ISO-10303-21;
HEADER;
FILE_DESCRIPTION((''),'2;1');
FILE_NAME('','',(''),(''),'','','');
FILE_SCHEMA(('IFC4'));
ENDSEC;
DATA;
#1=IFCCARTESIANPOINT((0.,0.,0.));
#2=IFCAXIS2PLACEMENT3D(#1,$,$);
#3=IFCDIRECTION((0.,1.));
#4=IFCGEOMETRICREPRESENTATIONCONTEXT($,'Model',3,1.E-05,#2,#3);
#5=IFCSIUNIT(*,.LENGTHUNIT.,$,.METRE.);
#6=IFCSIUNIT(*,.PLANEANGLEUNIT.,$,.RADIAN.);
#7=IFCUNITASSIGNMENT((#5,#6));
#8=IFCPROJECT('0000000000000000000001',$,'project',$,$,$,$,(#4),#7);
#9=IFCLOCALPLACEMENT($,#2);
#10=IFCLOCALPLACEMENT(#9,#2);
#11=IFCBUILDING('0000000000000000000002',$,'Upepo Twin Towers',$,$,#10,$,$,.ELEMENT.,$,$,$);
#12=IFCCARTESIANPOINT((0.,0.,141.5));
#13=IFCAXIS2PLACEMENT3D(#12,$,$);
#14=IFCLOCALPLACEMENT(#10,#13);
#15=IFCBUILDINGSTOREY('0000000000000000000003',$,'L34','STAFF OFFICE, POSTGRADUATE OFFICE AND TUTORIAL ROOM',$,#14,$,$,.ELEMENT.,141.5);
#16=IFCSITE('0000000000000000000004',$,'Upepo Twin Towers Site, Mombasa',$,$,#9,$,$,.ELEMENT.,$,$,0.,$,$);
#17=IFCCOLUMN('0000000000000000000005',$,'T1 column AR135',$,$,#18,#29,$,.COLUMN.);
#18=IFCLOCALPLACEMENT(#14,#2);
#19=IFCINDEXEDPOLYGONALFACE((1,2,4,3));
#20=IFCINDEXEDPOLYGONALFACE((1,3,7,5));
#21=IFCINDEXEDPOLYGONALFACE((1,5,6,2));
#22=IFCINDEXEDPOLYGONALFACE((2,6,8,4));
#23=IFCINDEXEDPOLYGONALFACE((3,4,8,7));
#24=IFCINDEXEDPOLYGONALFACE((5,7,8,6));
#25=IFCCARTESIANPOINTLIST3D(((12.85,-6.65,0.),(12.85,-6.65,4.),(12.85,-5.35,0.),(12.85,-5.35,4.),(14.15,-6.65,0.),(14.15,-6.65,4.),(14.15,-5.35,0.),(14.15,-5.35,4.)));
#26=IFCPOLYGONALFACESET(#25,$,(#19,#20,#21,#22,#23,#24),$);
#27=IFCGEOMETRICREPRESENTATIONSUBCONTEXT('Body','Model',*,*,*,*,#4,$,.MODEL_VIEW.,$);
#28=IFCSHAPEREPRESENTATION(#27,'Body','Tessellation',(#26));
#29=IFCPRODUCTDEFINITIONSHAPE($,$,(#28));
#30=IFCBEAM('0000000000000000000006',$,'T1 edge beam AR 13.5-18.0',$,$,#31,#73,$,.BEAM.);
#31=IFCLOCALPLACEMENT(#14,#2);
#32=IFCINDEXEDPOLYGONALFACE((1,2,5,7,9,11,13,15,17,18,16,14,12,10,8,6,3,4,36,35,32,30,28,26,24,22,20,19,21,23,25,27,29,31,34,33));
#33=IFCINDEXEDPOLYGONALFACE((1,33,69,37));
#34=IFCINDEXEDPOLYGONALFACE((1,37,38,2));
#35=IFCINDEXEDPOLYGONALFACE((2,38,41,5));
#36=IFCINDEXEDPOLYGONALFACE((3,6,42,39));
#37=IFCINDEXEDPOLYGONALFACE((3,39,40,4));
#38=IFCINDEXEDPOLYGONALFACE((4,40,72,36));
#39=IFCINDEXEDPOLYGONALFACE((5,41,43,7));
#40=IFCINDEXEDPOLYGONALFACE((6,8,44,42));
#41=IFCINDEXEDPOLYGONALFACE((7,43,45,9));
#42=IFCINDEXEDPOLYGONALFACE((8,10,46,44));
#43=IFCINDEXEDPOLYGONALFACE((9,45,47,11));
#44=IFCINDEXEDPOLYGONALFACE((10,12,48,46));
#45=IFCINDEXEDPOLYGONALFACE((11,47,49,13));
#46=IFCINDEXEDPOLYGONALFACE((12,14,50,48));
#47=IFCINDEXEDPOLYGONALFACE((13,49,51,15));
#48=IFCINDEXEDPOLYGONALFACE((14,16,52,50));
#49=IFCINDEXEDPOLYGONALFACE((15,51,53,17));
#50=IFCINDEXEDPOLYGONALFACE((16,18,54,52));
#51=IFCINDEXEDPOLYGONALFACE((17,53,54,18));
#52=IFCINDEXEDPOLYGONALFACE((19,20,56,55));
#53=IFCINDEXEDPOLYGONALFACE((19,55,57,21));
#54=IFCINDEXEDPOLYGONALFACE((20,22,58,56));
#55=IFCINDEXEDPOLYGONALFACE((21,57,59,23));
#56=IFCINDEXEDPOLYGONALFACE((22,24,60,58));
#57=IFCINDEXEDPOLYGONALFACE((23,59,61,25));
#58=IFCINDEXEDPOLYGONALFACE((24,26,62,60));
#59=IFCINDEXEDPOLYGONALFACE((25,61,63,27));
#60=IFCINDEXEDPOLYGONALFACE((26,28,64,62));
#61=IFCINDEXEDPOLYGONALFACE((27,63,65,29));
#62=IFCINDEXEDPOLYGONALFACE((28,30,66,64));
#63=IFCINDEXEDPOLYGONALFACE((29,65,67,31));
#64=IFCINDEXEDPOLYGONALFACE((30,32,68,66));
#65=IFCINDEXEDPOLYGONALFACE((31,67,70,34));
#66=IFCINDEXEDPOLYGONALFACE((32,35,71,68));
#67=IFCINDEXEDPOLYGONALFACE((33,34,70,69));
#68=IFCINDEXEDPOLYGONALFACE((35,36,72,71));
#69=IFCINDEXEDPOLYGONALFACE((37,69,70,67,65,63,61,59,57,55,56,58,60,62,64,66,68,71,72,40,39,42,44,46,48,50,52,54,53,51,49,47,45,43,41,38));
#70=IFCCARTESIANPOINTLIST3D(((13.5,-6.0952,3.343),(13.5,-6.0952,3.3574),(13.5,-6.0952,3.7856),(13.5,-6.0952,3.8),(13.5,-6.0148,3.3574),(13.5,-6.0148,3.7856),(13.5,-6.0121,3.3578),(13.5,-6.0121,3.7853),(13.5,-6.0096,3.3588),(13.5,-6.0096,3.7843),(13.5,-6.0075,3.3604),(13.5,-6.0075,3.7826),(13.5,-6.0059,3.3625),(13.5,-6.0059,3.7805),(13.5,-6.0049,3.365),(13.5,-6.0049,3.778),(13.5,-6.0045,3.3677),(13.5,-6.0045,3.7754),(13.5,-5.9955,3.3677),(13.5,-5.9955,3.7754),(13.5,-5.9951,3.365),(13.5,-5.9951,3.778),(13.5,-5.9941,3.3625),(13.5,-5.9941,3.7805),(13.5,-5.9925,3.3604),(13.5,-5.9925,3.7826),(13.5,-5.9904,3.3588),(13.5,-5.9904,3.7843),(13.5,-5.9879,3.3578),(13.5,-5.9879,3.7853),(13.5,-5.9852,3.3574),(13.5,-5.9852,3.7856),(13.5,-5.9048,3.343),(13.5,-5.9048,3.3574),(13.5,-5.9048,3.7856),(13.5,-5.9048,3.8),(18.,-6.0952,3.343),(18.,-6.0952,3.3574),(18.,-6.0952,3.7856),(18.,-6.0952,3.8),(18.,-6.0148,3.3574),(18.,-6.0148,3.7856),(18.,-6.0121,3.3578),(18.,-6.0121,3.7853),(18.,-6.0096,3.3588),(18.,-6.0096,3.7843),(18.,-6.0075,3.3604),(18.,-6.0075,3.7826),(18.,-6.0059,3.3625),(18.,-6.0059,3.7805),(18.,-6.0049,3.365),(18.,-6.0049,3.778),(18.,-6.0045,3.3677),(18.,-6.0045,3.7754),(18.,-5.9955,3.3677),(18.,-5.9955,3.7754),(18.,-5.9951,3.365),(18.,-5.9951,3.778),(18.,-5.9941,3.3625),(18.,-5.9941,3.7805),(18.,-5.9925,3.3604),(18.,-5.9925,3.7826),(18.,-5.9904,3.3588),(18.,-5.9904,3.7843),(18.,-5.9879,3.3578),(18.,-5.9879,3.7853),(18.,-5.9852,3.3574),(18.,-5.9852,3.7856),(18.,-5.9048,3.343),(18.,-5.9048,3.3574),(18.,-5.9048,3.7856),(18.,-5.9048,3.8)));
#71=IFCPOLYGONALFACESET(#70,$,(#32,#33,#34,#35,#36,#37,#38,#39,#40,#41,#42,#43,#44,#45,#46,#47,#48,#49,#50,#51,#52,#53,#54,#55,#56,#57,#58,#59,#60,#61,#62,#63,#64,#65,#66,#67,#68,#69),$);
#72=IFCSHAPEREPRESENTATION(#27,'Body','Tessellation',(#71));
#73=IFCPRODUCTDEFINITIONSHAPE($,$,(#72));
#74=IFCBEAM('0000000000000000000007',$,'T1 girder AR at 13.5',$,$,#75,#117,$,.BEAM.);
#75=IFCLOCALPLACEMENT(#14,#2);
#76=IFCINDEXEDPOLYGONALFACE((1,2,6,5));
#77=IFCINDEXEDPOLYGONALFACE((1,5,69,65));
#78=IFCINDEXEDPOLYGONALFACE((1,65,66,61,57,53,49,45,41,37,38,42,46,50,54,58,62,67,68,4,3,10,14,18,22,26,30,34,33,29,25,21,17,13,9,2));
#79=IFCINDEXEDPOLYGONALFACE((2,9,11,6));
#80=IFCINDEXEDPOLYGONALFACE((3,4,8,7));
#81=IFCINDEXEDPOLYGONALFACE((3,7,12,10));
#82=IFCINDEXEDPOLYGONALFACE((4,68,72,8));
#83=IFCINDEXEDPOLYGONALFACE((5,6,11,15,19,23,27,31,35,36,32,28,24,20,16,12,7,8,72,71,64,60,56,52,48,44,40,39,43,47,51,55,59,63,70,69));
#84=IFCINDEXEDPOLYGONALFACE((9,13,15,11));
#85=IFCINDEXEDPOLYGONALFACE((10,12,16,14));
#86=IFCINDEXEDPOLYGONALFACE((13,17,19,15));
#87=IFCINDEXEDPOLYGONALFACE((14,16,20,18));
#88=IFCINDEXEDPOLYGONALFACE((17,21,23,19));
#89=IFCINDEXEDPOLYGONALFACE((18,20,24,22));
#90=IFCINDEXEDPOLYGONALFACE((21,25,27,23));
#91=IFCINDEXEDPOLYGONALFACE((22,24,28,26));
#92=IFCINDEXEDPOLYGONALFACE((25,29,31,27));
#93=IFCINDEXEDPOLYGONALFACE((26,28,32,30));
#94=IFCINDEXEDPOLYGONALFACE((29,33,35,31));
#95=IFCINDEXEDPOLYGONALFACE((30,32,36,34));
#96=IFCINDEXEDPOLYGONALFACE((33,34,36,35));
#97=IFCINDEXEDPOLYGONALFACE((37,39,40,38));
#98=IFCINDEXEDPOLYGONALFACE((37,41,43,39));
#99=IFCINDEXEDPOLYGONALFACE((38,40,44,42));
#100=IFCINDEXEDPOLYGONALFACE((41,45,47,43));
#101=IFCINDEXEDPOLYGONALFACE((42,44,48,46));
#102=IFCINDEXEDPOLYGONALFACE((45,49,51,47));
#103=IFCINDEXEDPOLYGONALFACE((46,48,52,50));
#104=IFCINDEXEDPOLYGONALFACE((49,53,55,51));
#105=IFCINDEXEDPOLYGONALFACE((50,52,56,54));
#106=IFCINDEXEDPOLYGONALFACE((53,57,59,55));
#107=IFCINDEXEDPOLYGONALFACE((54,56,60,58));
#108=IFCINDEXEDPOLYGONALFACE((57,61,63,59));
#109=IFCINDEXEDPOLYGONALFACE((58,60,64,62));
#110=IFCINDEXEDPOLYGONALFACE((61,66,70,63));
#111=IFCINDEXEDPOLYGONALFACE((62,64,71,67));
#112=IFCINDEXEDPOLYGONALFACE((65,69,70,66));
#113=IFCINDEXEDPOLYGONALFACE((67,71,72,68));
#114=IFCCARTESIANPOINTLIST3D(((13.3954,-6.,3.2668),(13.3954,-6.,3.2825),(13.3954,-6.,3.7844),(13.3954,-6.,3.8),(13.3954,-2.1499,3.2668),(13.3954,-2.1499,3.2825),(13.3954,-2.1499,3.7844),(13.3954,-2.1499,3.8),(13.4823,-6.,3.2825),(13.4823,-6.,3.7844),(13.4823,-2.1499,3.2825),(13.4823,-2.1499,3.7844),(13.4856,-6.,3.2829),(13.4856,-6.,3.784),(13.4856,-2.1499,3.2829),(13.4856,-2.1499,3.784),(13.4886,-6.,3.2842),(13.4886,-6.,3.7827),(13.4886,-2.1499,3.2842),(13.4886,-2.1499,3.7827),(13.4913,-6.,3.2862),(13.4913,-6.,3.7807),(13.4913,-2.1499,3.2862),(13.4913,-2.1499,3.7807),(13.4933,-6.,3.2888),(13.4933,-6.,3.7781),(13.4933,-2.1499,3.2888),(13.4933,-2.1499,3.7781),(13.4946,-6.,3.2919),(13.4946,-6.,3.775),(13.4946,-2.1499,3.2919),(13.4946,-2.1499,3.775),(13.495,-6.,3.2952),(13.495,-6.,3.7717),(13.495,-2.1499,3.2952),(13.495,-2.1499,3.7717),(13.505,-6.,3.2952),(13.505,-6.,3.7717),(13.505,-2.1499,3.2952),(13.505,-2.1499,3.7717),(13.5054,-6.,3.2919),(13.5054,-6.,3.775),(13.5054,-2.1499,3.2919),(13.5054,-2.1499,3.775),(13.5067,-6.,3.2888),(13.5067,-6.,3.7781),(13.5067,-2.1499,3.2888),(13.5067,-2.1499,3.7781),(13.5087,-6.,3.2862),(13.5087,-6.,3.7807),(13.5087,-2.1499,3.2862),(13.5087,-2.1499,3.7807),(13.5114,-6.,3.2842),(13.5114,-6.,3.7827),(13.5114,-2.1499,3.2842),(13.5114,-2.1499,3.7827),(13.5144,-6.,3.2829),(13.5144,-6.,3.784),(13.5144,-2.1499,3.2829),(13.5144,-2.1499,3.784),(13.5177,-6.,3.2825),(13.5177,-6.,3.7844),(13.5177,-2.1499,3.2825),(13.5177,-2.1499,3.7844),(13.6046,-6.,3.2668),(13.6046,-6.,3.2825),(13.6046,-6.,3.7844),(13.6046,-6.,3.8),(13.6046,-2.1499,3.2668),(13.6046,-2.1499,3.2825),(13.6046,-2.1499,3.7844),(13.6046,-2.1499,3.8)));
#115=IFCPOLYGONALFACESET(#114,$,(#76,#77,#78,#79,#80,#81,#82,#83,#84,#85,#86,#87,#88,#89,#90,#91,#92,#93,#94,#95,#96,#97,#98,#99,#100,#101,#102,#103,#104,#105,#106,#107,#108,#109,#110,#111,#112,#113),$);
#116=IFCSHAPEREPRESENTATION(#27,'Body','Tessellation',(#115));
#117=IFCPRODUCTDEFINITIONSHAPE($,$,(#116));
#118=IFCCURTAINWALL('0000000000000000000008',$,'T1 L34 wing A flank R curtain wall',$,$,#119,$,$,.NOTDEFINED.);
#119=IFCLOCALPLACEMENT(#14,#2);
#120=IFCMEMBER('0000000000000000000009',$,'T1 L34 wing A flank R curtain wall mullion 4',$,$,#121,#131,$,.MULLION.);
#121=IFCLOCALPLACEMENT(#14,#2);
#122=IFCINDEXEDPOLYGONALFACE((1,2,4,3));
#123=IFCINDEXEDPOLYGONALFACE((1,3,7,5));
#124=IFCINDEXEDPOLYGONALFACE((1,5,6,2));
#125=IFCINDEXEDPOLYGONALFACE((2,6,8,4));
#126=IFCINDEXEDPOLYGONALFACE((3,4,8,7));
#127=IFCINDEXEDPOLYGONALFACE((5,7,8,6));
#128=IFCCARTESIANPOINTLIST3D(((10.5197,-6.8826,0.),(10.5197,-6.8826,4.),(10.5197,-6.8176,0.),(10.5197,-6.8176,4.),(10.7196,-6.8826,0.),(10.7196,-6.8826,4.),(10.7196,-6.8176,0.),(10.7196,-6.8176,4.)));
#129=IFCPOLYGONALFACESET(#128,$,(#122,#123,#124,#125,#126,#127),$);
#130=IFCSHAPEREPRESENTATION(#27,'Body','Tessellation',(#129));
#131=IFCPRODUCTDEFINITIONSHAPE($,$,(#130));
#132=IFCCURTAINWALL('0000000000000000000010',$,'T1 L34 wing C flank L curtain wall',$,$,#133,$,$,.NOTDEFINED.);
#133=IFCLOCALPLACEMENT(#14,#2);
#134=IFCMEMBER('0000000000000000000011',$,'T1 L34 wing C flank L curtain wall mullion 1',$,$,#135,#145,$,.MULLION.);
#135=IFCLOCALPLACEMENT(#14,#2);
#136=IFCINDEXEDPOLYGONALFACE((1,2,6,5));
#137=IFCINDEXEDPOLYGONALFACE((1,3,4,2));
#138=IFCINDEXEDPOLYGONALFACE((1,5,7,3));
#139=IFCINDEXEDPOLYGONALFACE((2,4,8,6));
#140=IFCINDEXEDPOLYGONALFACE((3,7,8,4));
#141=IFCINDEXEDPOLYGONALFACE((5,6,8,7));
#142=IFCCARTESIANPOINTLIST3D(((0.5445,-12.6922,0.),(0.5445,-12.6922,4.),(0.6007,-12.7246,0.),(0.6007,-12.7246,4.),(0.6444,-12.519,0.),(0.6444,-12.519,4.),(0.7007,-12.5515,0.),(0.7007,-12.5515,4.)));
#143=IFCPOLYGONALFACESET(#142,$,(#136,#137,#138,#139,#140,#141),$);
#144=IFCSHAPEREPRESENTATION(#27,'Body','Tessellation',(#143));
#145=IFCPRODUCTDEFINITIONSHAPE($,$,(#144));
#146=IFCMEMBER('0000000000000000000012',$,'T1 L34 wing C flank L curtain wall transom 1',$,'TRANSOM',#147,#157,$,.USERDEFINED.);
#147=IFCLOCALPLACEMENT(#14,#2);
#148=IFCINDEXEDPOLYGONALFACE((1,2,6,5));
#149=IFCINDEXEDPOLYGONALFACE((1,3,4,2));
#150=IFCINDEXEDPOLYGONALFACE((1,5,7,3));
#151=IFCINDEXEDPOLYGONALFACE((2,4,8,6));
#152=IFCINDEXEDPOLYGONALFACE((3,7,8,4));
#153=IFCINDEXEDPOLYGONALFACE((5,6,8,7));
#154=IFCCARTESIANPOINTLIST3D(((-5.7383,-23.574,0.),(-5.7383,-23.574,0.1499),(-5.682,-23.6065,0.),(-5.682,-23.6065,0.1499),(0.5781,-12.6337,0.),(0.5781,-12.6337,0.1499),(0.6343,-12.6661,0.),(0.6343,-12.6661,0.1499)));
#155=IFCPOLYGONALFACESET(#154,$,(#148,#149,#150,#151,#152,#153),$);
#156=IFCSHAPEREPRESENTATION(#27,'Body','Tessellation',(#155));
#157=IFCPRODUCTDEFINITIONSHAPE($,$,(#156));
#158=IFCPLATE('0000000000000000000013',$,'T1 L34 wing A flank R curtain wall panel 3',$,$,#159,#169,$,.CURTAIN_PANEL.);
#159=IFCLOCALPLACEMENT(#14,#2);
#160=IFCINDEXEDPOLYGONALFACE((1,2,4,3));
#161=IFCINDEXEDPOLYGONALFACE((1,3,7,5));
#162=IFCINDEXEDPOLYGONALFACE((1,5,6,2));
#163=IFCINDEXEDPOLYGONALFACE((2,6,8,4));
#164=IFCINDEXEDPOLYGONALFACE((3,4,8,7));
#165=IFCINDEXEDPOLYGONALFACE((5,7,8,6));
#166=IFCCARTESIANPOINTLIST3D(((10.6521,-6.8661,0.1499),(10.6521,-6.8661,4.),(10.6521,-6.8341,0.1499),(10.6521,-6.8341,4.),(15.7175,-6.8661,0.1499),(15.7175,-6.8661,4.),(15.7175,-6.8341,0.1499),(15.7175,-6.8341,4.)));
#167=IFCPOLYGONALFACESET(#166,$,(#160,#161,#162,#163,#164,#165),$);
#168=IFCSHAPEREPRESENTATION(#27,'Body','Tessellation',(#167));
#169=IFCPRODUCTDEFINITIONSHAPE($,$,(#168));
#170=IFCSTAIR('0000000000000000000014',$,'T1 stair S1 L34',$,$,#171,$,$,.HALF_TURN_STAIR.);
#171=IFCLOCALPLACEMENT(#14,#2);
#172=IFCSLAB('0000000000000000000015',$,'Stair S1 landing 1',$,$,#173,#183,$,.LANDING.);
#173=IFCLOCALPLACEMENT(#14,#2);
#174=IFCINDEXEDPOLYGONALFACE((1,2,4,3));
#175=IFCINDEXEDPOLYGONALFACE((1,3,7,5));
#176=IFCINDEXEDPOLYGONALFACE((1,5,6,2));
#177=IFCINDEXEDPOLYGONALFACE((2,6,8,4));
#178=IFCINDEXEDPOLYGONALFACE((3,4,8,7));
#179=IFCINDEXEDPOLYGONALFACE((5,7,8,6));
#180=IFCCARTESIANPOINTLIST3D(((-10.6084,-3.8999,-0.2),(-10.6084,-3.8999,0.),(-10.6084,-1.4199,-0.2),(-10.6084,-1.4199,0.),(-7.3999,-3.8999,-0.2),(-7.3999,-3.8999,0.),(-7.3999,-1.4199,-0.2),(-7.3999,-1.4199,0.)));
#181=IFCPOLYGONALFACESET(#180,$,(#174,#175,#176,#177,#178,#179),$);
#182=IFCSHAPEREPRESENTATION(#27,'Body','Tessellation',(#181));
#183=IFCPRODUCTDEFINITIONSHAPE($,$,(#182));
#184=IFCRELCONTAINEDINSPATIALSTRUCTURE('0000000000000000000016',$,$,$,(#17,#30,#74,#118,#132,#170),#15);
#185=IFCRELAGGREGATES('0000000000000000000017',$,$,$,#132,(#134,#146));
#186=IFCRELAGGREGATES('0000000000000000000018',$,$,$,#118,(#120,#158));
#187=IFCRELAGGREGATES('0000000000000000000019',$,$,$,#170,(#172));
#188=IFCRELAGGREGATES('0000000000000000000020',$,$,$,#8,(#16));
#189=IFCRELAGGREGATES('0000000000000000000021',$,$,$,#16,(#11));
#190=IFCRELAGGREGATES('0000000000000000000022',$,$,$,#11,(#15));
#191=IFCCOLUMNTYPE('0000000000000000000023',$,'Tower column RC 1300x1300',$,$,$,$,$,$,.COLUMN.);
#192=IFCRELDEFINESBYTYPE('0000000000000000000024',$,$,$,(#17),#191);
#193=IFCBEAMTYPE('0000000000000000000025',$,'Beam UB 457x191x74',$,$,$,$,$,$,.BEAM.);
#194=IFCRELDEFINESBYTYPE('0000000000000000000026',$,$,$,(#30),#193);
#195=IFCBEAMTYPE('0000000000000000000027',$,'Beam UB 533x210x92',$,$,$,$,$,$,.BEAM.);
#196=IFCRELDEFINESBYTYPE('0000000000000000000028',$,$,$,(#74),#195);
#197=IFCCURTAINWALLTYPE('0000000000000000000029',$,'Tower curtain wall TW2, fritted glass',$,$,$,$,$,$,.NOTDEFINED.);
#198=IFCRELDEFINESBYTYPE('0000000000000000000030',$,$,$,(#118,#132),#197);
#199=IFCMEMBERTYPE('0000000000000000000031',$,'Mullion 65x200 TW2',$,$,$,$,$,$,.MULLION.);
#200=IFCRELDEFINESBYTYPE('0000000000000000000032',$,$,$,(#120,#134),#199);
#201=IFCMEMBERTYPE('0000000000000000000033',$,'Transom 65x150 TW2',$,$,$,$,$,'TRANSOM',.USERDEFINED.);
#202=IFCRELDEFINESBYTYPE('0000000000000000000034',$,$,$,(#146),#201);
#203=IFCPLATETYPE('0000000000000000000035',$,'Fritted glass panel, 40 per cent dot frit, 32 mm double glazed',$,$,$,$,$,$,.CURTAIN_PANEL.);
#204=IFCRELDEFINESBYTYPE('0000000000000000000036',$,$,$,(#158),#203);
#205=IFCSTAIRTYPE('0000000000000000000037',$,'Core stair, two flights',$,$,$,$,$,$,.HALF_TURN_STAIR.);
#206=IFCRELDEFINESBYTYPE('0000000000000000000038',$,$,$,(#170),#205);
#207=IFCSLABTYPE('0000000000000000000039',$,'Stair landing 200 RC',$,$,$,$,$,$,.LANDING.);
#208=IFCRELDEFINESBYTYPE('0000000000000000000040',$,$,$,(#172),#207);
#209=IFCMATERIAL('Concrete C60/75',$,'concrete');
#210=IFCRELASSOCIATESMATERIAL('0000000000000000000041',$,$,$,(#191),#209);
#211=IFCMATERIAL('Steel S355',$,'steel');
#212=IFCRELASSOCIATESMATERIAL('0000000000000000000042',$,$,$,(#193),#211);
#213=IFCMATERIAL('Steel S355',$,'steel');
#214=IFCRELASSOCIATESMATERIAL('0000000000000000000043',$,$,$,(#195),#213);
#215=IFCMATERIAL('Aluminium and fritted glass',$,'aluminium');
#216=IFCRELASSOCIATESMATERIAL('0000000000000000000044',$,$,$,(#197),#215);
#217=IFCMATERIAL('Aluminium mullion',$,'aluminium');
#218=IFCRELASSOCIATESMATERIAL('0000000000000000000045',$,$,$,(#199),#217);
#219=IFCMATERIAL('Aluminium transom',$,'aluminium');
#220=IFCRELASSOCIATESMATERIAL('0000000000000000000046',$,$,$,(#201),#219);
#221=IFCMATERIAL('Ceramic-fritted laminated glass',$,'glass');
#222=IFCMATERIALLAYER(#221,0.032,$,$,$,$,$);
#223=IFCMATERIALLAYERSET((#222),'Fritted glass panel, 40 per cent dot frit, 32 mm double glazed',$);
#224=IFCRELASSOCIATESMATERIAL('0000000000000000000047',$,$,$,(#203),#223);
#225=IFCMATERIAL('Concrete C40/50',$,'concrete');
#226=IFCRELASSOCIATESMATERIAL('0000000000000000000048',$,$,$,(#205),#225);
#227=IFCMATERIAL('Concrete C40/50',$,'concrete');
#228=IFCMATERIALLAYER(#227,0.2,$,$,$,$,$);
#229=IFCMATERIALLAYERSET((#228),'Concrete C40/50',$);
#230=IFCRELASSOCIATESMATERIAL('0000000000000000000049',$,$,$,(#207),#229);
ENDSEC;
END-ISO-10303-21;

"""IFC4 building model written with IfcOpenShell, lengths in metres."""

from ifc_helpers import new_model, si_unit, direction, frame, origin, origin_2d, place, context, subcontext, project, spatial, polyline, rectangle, i_section, outline, extrude, material, layer, layer_set, material_profile, profile_set, type_object, element, aggregate, save


model = new_model("IFC4")

# Units and contexts
model_context = context("Model", 3, precision=1e-05, world=origin(), true_north=direction((0.0, 1.0)))
body_context = subcontext(model_context, "Body", "Model", "MODEL_VIEW")
ifc_project = project(units=[si_unit("LENGTHUNIT", "METRE"), si_unit("PLANEANGLEUNIT", "RADIAN")], contexts=[model_context])

# Site, building, storey
site_placement = place(None, origin())
site = spatial("IfcSite", under=ifc_project, at=site_placement, Name="Upepo Twin Towers Site, Mombasa", CompositionType="ELEMENT", RefElevation=0.0)
building_placement = place(site_placement, origin())
building = spatial("IfcBuilding", under=site, at=building_placement, Name="Upepo Twin Towers", CompositionType="ELEMENT")
storey_placement = place(building_placement, frame((0.0, 0.0, 141.5)))
storey = spatial("IfcBuildingStorey", under=building, at=storey_placement, Name="L34", Description="STAFF OFFICE, POSTGRADUATE OFFICE AND TUTORIAL ROOM", CompositionType="ELEMENT", Elevation=141.5)

# Column
ifc_material_1 = material(Name="Concrete C60/75", Category="concrete")
ifc_material_profile_1 = material_profile(ifc_material_1, rectangle(XDim=1.3, YDim=1.3, at=origin_2d()), Name="RC 1300x1300")
ifc_profile_set_1 = profile_set([ifc_material_profile_1], Name="Concrete C60/75")
column_type = type_object("IfcColumnType", Name="Tower column RC 1300x1300", PredefinedType="COLUMN", material=ifc_profile_set_1)
column_placement = place(storey_placement, frame((13.5, -6.0, 0.0), z_axis=(0.0, 0.0, 1.0), x_axis=(1.0, 0.0, 0.0)))
element("IfcColumn", 1, at=column_placement, inside=storey, type_object=column_type, Name="T1 column AR135", PredefinedType="COLUMN", context=body_context, shape_type="SweptSolid", body=[
    extrude(rectangle(XDim=1.3, YDim=1.3, at=origin_2d()), origin(), (0.0, 0.0, 1.0), 4.0),
])

# Beams
ifc_material_2 = material(Name="Steel S355", Category="steel")
ifc_material_profile_2 = material_profile(ifc_material_2, i_section(OverallWidth=0.1904, OverallDepth=0.457, WebThickness=0.009, FlangeThickness=0.0144, FilletRadius=0.0103, at=origin_2d()), Name="UB 457x191x74")
ifc_profile_set_2 = profile_set([ifc_material_profile_2], Name="Steel S355")
beam_type_1 = type_object("IfcBeamType", Name="Beam UB 457x191x74", PredefinedType="BEAM", material=ifc_profile_set_2)
beam_1_placement = place(storey_placement, frame((13.5, -6.0, 3.5715), z_axis=(1.0, 0.0, 0.0), x_axis=(0.0, 1.0, 0.0)))
element("IfcBeam", 2, at=beam_1_placement, inside=storey, type_object=beam_type_1, Name="T1 edge beam AR 13.5-18.0", PredefinedType="BEAM", context=body_context, shape_type="SweptSolid", body=[
    extrude(i_section(OverallWidth=0.1904, OverallDepth=0.457, WebThickness=0.009, FlangeThickness=0.0144, FilletRadius=0.0103, at=origin_2d()), origin(), (0.0, 0.0, 1.0), 4.5),
])
ifc_material_3 = material(Name="Steel S355", Category="steel")
ifc_material_profile_3 = material_profile(ifc_material_3, i_section(OverallWidth=0.2092, OverallDepth=0.5332, WebThickness=0.01, FlangeThickness=0.0156, FilletRadius=0.0127, at=origin_2d()), Name="UB 533x210x92")
ifc_profile_set_3 = profile_set([ifc_material_profile_3], Name="Steel S355")
beam_type_2 = type_object("IfcBeamType", Name="Beam UB 533x210x92", PredefinedType="BEAM", material=ifc_profile_set_3)
beam_2_placement = place(storey_placement, frame((13.5, -6.0, 3.5334), z_axis=(0.0, 1.0, 0.0), x_axis=(-1.0, 0.0, 0.0)))
element("IfcBeam", 3, at=beam_2_placement, inside=storey, type_object=beam_type_2, Name="T1 girder AR at 13.5", PredefinedType="BEAM", context=body_context, shape_type="SweptSolid", body=[
    extrude(i_section(OverallWidth=0.2092, OverallDepth=0.5332, WebThickness=0.01, FlangeThickness=0.0156, FilletRadius=0.0127, at=origin_2d()), origin(), (0.0, 0.0, 1.0), 3.8501),
])

# Curtain wall, member
ifc_material_4 = material(Name="Aluminium and fritted glass", Category="aluminium")
curtain_wall_type = type_object("IfcCurtainWallType", Name="Tower curtain wall TW2, fritted glass", PredefinedType="NOTDEFINED", material=ifc_material_4)
curtain_wall_1_placement = place(storey_placement, origin())
curtain_wall_1 = element("IfcCurtainWall", 4, at=curtain_wall_1_placement, inside=storey, type_object=curtain_wall_type, Name="T1 L34 wing A flank R curtain wall", PredefinedType="NOTDEFINED")
ifc_material_5 = material(Name="Aluminium mullion", Category="aluminium")
ifc_material_profile_4 = material_profile(ifc_material_5, rectangle(XDim=0.0649, YDim=0.2, at=origin_2d()), Name="MULLION 65x200")
ifc_profile_set_4 = profile_set([ifc_material_profile_4], Name="Aluminium mullion")
member_type_1 = type_object("IfcMemberType", Name="Mullion 65x200 TW2", PredefinedType="MULLION", material=ifc_profile_set_4)
member_1_placement = place(storey_placement, frame((10.6196, -6.8501, 0.0), z_axis=(0.0, 0.0, 1.0), x_axis=(0.0, -1.0, 0.0)))
member_1 = element("IfcMember", 5, at=member_1_placement, type_object=member_type_1, Name="T1 L34 wing A flank R curtain wall mullion 4", PredefinedType="MULLION", context=body_context, shape_type="SweptSolid", body=[
    extrude(rectangle(XDim=0.0649, YDim=0.2, at=origin_2d()), origin(), (0.0, 0.0, 1.0), 4.0),
])

# Curtain wall, members
curtain_wall_2_placement = place(storey_placement, origin())
curtain_wall_2 = element("IfcCurtainWall", 6, at=curtain_wall_2_placement, inside=storey, type_object=curtain_wall_type, Name="T1 L34 wing C flank L curtain wall", PredefinedType="NOTDEFINED")
member_2_placement = place(storey_placement, frame((0.6226, -12.6218, 0.0), z_axis=(0.0, 0.0, 1.0), x_axis=(0.866025, -0.5, 0.0)))
member_2 = element("IfcMember", 7, at=member_2_placement, type_object=member_type_1, Name="T1 L34 wing C flank L curtain wall mullion 1", PredefinedType="MULLION", context=body_context, shape_type="SweptSolid", body=[
    extrude(rectangle(XDim=0.0649, YDim=0.2, at=origin_2d()), origin(), (0.0, 0.0, 1.0), 4.0),
])
ifc_material_6 = material(Name="Aluminium transom", Category="aluminium")
ifc_material_profile_5 = material_profile(ifc_material_6, rectangle(XDim=0.0649, YDim=0.1499, at=origin_2d()), Name="TRANSOM 65x150")
ifc_profile_set_5 = profile_set([ifc_material_profile_5], Name="Aluminium transom")
member_type_2 = type_object("IfcMemberType", Name="Transom 65x150 TW2", ElementType="TRANSOM", PredefinedType="USERDEFINED", material=ifc_profile_set_5)
member_3_placement = place(storey_placement, frame((0.6062, -12.6499, 0.075), z_axis=(-0.499997, -0.866027, 0.0), x_axis=(0.866027, -0.499997, 0.0)))
member_3 = element("IfcMember", 8, at=member_3_placement, type_object=member_type_2, Name="T1 L34 wing C flank L curtain wall transom 1", ObjectType="TRANSOM", PredefinedType="USERDEFINED", context=body_context, shape_type="SweptSolid", body=[
    extrude(rectangle(XDim=0.0649, YDim=0.1499, at=origin_2d()), origin(), (0.0, 0.0, 1.0), 12.6328),
])
aggregate(curtain_wall_2, [member_2, member_3])

# Plate
ifc_material_7 = material(Name="Ceramic-fritted laminated glass", Category="glass")
ifc_layer_1 = layer(ifc_material_7, 0.032)
ifc_layer_set_1 = layer_set([ifc_layer_1], Name="Fritted glass panel, 40 per cent dot frit, 32 mm double glazed")
plate_type = type_object("IfcPlateType", Name="Fritted glass panel, 40 per cent dot frit, 32 mm double glazed", PredefinedType="CURTAIN_PANEL", material=ifc_layer_set_1)
plate_placement = place(storey_placement, frame((13.1848, -6.8501, 0.1499), z_axis=(0.0, 0.0, 1.0), x_axis=(-1.0, 0.0, 0.0)))
plate = element("IfcPlate", 9, at=plate_placement, type_object=plate_type, Name="T1 L34 wing A flank R curtain wall panel 3", PredefinedType="CURTAIN_PANEL", context=body_context, shape_type="SweptSolid", body=[
    extrude(rectangle(XDim=5.0654, YDim=0.032, at=origin_2d()), origin(), (0.0, 0.0, 1.0), 3.8501),
])
aggregate(curtain_wall_1, [member_1, plate])

# Stair, slab
ifc_material_8 = material(Name="Concrete C40/50", Category="concrete")
stair_type = type_object("IfcStairType", Name="Core stair, two flights", PredefinedType="HALF_TURN_STAIR", material=ifc_material_8)
stair_1_placement = place(storey_placement, origin())
stair_1 = element("IfcStair", 10, at=stair_1_placement, inside=storey, type_object=stair_type, Name="T1 stair S1 L34", PredefinedType="HALF_TURN_STAIR")
ifc_material_9 = material(Name="Concrete C40/50", Category="concrete")
ifc_layer_2 = layer(ifc_material_9, 0.2)
ifc_layer_set_2 = layer_set([ifc_layer_2], Name="Concrete C40/50")
slab_type_1 = type_object("IfcSlabType", Name="Stair landing 200 RC", PredefinedType="LANDING", material=ifc_layer_set_2)
slab_1_placement = place(storey_placement, frame((0.0, 0.0, -0.2)))
slab_1 = element("IfcSlab", 11, at=slab_1_placement, type_object=slab_type_1, Name="Stair S1 landing 1", PredefinedType="LANDING", context=body_context, shape_type="SweptSolid", body=[
    extrude(outline(polyline([(-7.3999, -1.4199), (-10.6084, -1.4199), (-10.6084, -3.8999), (-7.3999, -3.8999), (-7.3999, -1.4199)])), origin(), (0.0, 0.0, 1.0), 0.2),
])
aggregate(stair_1, [slab_1])

save(model, "model.ifc")
